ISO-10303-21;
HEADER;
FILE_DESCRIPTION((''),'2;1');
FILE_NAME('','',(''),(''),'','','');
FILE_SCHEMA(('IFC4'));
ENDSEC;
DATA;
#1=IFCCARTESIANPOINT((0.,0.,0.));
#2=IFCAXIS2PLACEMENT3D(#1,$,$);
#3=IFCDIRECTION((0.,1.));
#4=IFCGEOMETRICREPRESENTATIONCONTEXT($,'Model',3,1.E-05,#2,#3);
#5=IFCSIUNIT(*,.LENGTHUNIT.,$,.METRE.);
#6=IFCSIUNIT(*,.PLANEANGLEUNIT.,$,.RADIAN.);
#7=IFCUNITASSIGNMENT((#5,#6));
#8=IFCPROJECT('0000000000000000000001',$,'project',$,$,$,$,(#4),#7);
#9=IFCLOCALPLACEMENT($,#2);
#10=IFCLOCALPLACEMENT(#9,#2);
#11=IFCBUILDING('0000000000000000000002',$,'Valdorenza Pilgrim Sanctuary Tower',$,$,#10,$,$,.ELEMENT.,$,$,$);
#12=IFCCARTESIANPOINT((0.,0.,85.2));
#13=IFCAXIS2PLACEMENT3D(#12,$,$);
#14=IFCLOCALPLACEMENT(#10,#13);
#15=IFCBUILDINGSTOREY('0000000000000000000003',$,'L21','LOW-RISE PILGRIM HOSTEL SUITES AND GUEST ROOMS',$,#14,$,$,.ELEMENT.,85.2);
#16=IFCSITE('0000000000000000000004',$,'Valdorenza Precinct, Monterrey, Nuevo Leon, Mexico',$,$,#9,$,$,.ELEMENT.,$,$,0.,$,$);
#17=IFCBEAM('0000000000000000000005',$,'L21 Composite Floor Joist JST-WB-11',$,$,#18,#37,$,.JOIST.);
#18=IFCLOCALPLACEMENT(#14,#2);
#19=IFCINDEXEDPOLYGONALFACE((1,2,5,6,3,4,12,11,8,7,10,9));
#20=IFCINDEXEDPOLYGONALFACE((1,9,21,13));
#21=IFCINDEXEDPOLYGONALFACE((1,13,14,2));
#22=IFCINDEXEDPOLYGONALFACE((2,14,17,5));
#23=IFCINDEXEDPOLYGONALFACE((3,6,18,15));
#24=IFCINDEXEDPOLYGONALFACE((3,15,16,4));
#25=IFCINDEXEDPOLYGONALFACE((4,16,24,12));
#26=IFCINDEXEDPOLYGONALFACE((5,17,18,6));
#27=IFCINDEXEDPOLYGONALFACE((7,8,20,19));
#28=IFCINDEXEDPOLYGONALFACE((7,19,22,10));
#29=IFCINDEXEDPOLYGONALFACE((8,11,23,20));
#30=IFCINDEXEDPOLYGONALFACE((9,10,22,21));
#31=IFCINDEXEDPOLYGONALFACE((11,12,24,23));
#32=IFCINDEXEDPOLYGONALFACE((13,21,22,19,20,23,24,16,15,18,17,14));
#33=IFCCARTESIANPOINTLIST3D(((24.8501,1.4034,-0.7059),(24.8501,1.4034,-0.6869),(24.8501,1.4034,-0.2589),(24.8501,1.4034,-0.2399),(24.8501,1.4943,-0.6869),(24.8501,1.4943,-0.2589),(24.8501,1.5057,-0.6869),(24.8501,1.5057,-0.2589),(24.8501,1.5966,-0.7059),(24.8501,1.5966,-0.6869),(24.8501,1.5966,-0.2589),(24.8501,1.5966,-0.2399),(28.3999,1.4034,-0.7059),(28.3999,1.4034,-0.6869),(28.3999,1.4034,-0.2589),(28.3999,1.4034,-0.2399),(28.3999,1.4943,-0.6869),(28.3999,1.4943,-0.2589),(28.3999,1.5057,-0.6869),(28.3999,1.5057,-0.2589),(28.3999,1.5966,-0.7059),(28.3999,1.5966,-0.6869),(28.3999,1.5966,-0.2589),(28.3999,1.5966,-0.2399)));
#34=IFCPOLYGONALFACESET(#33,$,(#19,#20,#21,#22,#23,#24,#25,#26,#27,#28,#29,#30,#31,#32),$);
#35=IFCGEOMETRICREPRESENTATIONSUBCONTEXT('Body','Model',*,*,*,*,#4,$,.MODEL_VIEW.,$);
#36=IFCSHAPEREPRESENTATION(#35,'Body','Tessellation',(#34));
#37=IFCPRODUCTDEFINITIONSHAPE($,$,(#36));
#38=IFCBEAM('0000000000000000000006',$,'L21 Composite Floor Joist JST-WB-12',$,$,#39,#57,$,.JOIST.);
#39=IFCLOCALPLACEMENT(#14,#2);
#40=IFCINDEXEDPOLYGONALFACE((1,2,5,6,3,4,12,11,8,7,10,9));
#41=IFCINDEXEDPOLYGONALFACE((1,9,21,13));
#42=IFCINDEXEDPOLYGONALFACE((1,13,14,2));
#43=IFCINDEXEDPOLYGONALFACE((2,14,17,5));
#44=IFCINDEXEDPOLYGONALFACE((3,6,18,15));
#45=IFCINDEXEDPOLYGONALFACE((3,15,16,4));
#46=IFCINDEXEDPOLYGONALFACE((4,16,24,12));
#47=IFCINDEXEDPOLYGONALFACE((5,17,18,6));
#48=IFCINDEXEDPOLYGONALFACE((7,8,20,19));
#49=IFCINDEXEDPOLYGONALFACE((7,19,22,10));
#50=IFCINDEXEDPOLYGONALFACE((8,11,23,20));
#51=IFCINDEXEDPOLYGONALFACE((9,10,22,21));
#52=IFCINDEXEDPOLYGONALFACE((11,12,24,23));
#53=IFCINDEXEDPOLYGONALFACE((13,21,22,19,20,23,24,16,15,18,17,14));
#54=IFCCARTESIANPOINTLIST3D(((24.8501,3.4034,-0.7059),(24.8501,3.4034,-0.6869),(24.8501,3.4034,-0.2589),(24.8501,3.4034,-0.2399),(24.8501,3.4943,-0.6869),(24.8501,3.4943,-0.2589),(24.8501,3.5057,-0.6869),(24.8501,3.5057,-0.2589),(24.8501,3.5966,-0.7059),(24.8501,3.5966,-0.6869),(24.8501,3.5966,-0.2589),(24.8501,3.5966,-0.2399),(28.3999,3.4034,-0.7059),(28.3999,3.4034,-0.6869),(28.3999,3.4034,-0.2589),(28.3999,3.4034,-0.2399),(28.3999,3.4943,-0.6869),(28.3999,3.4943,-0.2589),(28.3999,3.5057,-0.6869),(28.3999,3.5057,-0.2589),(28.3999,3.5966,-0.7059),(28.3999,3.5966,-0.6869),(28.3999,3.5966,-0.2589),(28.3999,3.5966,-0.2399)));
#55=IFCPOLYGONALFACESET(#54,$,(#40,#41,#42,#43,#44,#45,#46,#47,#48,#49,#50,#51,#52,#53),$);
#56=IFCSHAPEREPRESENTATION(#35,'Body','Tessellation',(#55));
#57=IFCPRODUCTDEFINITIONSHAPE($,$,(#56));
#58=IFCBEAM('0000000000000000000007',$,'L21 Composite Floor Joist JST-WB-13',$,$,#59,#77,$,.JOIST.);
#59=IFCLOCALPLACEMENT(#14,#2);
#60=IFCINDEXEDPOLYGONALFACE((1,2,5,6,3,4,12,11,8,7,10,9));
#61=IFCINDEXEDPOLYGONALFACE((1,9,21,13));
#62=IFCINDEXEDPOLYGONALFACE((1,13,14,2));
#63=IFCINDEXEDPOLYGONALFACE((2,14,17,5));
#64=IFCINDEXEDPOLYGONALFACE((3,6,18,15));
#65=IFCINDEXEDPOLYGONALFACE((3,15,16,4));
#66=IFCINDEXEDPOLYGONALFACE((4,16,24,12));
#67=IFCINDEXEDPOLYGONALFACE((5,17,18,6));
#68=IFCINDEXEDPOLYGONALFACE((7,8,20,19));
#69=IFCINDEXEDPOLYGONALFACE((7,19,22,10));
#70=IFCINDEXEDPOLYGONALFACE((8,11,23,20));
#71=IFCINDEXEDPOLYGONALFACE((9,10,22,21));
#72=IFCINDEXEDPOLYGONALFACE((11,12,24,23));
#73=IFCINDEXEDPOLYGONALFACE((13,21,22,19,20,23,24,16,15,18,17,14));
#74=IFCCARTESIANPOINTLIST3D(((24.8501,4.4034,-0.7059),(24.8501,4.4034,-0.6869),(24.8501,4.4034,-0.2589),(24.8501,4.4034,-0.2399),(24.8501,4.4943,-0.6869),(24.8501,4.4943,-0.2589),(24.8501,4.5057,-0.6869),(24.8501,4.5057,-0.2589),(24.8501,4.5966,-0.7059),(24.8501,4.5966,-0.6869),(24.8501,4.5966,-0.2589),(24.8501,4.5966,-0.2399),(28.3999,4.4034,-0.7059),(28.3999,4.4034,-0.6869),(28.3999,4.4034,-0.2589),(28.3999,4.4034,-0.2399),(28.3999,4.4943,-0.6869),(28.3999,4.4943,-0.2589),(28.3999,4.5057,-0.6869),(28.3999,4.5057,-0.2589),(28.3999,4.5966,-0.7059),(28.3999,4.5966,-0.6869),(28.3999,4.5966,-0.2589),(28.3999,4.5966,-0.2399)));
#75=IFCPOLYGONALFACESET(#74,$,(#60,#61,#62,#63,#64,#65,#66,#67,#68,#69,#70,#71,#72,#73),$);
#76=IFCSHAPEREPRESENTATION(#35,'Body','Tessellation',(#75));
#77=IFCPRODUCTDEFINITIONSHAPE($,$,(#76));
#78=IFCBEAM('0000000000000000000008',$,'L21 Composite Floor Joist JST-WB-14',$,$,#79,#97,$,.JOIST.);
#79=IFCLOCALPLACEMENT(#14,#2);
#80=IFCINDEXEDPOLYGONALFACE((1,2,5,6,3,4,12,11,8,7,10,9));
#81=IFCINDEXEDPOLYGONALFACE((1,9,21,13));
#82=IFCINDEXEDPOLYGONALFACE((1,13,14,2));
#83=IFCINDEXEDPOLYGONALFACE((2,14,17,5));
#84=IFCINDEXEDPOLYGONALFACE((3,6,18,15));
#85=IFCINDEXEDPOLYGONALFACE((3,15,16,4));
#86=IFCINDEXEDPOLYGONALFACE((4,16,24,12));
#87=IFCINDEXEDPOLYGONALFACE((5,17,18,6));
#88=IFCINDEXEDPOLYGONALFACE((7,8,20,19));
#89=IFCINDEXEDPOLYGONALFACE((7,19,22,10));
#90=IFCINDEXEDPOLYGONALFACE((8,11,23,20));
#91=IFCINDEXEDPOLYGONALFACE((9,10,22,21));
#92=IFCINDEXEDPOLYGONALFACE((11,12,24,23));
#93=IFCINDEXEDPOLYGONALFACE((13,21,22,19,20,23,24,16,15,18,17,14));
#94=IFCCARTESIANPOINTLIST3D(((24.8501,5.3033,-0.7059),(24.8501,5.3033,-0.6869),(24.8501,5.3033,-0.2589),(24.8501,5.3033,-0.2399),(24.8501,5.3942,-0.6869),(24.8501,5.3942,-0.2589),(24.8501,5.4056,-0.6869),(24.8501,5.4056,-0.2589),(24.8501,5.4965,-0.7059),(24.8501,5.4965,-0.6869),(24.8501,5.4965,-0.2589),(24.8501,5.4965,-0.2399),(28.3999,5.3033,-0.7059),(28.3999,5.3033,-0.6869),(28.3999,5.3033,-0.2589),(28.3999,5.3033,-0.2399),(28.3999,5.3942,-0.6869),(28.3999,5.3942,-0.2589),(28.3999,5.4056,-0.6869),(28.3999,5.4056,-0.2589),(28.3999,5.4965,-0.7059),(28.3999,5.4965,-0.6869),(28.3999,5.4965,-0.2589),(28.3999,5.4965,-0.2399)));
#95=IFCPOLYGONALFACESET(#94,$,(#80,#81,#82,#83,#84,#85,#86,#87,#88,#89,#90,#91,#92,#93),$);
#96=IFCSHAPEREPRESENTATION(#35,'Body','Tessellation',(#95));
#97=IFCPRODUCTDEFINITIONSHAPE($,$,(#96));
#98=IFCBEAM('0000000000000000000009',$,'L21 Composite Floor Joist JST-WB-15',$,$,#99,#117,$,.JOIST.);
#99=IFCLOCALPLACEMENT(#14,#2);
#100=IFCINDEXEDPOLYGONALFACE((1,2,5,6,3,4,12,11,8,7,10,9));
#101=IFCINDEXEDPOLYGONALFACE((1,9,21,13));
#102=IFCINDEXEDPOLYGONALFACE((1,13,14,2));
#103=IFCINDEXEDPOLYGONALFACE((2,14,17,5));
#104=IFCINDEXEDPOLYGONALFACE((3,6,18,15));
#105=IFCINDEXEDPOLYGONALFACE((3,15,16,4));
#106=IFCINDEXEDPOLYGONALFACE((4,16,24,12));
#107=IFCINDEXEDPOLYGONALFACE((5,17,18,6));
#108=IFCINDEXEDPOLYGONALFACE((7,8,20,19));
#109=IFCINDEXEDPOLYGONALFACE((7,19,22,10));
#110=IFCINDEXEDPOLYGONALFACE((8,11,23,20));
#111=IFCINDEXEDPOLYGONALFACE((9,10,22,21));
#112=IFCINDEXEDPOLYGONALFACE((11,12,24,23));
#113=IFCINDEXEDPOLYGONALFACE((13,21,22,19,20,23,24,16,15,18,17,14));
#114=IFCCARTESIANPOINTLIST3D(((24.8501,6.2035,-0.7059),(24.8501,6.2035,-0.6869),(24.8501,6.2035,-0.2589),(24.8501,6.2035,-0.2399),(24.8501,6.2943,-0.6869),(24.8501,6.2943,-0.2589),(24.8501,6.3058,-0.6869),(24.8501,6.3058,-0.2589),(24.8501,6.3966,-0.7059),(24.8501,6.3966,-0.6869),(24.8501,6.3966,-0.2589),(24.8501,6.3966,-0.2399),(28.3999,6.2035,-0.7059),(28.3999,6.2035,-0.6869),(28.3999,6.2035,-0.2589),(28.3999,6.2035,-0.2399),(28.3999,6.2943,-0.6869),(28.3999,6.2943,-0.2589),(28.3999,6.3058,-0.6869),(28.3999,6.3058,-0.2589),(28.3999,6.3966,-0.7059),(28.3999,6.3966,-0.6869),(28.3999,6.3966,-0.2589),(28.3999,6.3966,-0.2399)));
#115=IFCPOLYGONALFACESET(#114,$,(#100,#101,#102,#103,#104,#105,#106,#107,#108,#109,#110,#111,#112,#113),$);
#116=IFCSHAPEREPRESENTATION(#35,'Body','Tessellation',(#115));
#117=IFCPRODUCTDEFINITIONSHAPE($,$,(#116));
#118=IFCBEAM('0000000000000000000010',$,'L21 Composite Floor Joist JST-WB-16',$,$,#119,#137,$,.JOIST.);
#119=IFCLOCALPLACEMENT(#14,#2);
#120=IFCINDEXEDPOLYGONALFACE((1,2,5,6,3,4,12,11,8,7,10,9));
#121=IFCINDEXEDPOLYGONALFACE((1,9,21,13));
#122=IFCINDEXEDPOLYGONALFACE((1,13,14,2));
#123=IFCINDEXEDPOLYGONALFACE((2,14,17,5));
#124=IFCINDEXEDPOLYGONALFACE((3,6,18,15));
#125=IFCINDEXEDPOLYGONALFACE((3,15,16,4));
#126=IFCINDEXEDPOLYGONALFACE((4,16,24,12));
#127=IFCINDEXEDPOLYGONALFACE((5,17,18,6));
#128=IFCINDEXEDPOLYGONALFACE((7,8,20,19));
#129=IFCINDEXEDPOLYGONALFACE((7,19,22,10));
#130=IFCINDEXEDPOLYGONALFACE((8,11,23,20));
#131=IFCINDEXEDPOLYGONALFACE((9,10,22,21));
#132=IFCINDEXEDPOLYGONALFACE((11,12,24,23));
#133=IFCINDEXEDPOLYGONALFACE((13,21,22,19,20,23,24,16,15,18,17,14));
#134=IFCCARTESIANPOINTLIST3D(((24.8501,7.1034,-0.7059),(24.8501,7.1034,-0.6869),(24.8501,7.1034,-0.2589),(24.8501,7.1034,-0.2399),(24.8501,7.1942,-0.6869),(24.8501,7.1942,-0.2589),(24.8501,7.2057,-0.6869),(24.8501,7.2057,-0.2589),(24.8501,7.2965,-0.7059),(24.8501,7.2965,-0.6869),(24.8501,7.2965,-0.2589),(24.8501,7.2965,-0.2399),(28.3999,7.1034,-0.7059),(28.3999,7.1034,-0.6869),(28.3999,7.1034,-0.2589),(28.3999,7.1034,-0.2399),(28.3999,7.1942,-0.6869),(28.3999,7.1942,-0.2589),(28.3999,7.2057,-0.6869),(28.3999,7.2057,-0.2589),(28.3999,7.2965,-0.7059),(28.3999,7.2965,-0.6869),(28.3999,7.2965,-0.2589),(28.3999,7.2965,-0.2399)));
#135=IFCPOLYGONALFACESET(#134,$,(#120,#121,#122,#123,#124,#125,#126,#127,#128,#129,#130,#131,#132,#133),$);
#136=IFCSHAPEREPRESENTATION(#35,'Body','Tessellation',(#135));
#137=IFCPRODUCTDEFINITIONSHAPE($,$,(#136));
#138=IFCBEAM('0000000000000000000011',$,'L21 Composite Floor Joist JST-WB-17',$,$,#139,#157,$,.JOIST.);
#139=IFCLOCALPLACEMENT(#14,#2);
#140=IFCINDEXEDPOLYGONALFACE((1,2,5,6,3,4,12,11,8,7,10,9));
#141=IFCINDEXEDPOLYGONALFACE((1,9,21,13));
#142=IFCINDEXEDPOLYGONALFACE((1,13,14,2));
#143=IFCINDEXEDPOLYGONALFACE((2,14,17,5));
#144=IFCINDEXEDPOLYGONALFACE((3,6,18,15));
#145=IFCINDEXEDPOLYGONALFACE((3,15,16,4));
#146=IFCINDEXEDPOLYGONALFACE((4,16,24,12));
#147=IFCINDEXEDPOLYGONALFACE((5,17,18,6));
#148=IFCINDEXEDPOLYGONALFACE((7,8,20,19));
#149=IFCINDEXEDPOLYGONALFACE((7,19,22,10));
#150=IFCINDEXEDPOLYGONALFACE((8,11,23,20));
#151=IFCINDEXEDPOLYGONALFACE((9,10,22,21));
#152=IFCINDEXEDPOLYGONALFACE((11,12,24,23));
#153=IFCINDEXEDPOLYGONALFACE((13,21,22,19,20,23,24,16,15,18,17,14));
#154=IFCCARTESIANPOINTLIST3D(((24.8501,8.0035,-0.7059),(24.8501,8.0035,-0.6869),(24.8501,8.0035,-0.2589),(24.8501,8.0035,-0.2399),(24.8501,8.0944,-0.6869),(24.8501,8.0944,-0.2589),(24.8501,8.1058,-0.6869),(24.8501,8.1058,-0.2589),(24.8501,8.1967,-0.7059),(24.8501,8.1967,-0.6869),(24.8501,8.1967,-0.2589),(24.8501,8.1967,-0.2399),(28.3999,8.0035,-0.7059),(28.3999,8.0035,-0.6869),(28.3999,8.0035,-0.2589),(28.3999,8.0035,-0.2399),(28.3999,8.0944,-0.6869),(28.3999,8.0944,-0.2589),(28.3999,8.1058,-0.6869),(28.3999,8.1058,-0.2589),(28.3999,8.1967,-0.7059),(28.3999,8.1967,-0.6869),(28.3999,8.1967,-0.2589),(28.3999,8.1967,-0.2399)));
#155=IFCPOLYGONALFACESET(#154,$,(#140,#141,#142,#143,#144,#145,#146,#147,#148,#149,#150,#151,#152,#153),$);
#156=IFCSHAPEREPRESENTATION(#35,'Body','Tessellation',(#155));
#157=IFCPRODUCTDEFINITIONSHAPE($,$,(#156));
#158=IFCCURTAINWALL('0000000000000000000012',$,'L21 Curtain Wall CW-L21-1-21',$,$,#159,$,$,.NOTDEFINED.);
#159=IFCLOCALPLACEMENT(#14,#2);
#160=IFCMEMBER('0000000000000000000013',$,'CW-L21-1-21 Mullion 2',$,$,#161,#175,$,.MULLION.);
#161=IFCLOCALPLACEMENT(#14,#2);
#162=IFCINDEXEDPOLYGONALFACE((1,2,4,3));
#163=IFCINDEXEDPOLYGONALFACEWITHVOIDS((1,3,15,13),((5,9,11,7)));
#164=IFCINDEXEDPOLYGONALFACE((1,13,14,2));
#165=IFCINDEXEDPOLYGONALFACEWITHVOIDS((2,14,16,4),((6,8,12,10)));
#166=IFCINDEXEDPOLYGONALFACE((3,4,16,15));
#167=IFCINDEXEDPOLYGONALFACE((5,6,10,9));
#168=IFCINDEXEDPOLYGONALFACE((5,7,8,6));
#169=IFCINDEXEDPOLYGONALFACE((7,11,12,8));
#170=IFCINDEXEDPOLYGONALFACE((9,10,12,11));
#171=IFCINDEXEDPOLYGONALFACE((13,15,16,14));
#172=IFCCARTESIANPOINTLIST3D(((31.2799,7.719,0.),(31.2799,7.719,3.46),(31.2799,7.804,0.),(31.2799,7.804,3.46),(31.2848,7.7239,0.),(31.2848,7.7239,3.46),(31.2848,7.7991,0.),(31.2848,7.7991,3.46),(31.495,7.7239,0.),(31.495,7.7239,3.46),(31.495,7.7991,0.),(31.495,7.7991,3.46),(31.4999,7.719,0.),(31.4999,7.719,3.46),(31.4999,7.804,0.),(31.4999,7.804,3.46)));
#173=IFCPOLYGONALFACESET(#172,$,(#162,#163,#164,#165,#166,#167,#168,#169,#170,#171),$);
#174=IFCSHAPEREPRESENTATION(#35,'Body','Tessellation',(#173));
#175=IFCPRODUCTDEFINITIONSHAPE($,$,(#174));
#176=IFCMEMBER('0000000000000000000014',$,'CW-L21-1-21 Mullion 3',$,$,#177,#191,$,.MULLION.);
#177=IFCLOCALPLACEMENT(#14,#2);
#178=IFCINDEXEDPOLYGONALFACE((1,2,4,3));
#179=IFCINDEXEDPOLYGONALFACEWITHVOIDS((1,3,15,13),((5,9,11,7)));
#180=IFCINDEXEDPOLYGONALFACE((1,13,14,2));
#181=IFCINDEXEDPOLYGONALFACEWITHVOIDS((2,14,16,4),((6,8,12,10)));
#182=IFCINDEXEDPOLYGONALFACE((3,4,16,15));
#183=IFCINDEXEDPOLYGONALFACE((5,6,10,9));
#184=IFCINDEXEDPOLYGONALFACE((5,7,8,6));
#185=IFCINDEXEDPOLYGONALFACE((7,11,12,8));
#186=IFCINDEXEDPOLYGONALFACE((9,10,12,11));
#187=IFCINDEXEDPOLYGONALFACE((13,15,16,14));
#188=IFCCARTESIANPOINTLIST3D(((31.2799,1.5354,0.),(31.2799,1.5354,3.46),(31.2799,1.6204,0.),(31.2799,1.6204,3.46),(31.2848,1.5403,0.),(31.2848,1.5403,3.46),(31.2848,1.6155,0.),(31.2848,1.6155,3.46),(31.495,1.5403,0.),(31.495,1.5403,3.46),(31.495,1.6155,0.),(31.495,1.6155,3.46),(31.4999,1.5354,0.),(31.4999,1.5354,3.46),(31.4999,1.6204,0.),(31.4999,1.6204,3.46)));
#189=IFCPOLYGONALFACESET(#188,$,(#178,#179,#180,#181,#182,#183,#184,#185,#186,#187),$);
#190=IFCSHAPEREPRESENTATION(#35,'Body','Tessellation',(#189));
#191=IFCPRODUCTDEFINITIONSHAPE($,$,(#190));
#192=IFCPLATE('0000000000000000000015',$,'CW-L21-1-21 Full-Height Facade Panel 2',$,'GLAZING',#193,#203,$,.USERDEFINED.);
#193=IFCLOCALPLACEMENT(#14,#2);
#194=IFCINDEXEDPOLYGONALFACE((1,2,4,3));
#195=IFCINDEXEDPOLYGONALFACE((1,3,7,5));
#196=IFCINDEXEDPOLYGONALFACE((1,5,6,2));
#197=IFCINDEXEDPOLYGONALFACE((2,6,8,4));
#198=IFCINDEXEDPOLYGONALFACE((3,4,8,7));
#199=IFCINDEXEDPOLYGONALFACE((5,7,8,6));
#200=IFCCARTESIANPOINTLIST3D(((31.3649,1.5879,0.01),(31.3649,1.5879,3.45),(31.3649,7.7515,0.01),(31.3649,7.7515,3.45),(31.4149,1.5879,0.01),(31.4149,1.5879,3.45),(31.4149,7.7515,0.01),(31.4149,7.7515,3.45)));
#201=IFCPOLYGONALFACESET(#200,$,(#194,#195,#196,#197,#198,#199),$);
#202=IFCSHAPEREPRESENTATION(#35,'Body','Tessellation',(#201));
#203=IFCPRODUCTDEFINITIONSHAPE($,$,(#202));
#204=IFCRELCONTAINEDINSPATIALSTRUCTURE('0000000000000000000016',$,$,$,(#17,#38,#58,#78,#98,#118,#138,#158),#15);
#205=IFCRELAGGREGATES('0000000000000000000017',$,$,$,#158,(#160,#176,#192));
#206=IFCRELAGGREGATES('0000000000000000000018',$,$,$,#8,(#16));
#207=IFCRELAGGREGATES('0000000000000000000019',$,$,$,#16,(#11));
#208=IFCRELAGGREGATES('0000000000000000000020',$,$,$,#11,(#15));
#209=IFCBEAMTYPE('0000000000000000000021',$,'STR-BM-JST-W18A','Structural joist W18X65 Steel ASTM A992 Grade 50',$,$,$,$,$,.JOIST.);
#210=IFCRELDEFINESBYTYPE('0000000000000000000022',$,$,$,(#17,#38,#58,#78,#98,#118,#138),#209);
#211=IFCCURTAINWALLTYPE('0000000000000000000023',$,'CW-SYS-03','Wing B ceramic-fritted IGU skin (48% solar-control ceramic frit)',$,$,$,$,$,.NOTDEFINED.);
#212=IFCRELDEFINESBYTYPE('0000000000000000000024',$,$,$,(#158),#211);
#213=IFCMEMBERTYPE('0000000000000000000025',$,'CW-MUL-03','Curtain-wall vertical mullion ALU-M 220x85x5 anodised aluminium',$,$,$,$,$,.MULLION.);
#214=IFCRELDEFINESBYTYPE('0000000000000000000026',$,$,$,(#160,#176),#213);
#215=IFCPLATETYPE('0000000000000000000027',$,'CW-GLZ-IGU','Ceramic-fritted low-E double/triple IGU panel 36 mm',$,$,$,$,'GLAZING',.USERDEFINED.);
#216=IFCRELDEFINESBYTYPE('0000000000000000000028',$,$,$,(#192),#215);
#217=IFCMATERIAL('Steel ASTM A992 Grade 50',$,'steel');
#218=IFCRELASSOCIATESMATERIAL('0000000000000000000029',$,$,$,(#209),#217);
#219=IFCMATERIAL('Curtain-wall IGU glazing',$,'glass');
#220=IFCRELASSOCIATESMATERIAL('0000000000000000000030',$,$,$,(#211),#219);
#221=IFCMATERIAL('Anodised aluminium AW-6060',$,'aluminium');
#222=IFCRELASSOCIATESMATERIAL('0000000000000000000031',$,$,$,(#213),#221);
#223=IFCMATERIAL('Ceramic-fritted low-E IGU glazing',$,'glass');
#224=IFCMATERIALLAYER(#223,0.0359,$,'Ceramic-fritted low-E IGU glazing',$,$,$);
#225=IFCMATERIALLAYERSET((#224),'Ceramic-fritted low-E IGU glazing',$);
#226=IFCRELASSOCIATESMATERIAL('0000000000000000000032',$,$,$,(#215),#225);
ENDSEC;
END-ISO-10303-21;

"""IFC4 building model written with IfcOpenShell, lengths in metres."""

from ifc_helpers import new_model, si_unit, direction, frame, origin, origin_2d, place, context, subcontext, project, spatial, rectangle, hollow_rectangle, i_section, extrude, source, transform, mapped, material, layer, layer_set, material_profile, profile_set, type_object, element, aggregate, save


model = new_model("IFC4")

# Units and contexts
model_context = context("Model", 3, precision=1e-05, world=origin(), true_north=direction((0.0, 1.0)))
body_context = subcontext(model_context, "Body", "Model", "MODEL_VIEW")
ifc_project = project(units=[si_unit("LENGTHUNIT", "METRE"), si_unit("PLANEANGLEUNIT", "RADIAN")], contexts=[model_context])

# Site, building, storey
site_placement = place(None, origin())
site = spatial("IfcSite", under=ifc_project, at=site_placement, Name="Valdorenza Precinct, Monterrey, Nuevo Leon, Mexico", CompositionType="ELEMENT", RefElevation=0.0)
building_placement = place(site_placement, origin())
building = spatial("IfcBuilding", under=site, at=building_placement, Name="Valdorenza Pilgrim Sanctuary Tower", CompositionType="ELEMENT")
storey_placement = place(building_placement, frame((0.0, 0.0, 85.2)))
storey = spatial("IfcBuildingStorey", under=building, at=storey_placement, Name="L21", Description="LOW-RISE PILGRIM HOSTEL SUITES AND GUEST ROOMS", CompositionType="ELEMENT", Elevation=85.2)

# Beams
ifc_material_1 = material(Name="Steel ASTM A992 Grade 50", Category="steel")
ifc_material_profile_1 = material_profile(ifc_material_1, i_section(OverallWidth=0.1931, OverallDepth=0.4661, WebThickness=0.0115, FlangeThickness=0.019, at=origin_2d()), Name="W18X65")
ifc_profile_set_1 = profile_set([ifc_material_profile_1], Name="Steel ASTM A992 Grade 50")
beam_type = type_object("IfcBeamType", Name="STR-BM-JST-W18A", Description="Structural joist W18X65 Steel ASTM A992 Grade 50", PredefinedType="JOIST", material=ifc_profile_set_1)
shared_shape_1 = source(origin(), body_context, "Body", "SweptSolid", [
    extrude(i_section(OverallWidth=0.1931, OverallDepth=0.4661, WebThickness=0.0115, FlangeThickness=0.019, at=origin_2d()), origin(), (0.0, 0.0, 1.0), 3.5498),
])
for number, where, z_axis, x_axis, name in (
    (1, (24.8501, 1.5, -0.4729), (1.0, 0.0, 0.0), (0.0, 1.0, 0.0), "L21 Composite Floor Joist JST-WB-11"),
    (2, (24.8501, 3.5, -0.4729), (1.0, 0.0, 0.0), (0.0, 1.0, 0.0), "L21 Composite Floor Joist JST-WB-12"),
    (3, (24.8501, 4.5, -0.4729), (1.0, 0.0, 0.0), (0.0, 1.0, 0.0), "L21 Composite Floor Joist JST-WB-13"),
    (4, (24.8501, 5.3999, -0.4729), (1.0, 0.0, 0.0), (0.0, 1.0, 0.0), "L21 Composite Floor Joist JST-WB-14"),
    (5, (24.8501, 6.3, -0.4729), (1.0, 0.0, 0.0), (0.0, 1.0, 0.0), "L21 Composite Floor Joist JST-WB-15"),
    (6, (24.8501, 7.2, -0.4729), (1.0, 0.0, 0.0), (0.0, 1.0, 0.0), "L21 Composite Floor Joist JST-WB-16"),
    (7, (24.8501, 8.1001, -0.4729), (1.0, 0.0, 0.0), (0.0, 1.0, 0.0), "L21 Composite Floor Joist JST-WB-17"),
):
    element("IfcBeam", number, at=place(storey_placement, frame(where, z_axis=z_axis, x_axis=x_axis)), inside=storey, type_object=beam_type, Name=name, PredefinedType="JOIST", context=body_context, shape_type="MappedRepresentation", body=[
        mapped(shared_shape_1, transform((0.0, 0.0, 0.0), x_axis=(1.0, 0.0, 0.0), y_axis=(0.0, 1.0, 0.0), z_axis=(0.0, 0.0, 1.0), scale=1.0)),
    ])

# Curtain wall, members, plate
ifc_material_2 = material(Name="Curtain-wall IGU glazing", Category="glass")
curtain_wall_type = type_object("IfcCurtainWallType", Name="CW-SYS-03", Description="Wing B ceramic-fritted IGU skin (48% solar-control ceramic frit)", PredefinedType="NOTDEFINED", material=ifc_material_2)
curtain_wall_placement = place(storey_placement, origin())
curtain_wall = element("IfcCurtainWall", 8, at=curtain_wall_placement, inside=storey, type_object=curtain_wall_type, Name="L21 Curtain Wall CW-L21-1-21", PredefinedType="NOTDEFINED")
ifc_material_3 = material(Name="Anodised aluminium AW-6060", Category="aluminium")
ifc_material_profile_2 = material_profile(ifc_material_3, hollow_rectangle(XDim=0.085, YDim=0.22, WallThickness=0.0049, at=origin_2d()), Name="ALU-M 220x85x5")
ifc_profile_set_2 = profile_set([ifc_material_profile_2], Name="Anodised aluminium AW-6060")
member_type = type_object("IfcMemberType", Name="CW-MUL-03", Description="Curtain-wall vertical mullion ALU-M 220x85x5 anodised aluminium", PredefinedType="MULLION", material=ifc_profile_set_2)
shared_shape_2 = source(origin(), body_context, "Body", "SweptSolid", [
    extrude(hollow_rectangle(XDim=0.085, YDim=0.22, WallThickness=0.0049, at=origin_2d()), origin(), (0.0, 0.0, 1.0), 3.46),
])
member_1_placement = place(storey_placement, frame((31.3899, 7.7615, 0.0), z_axis=(0.0, 0.0, 1.0), x_axis=(0.0, -1.0, 0.0)))
member_1 = element("IfcMember", 9, at=member_1_placement, type_object=member_type, Name="CW-L21-1-21 Mullion 2", PredefinedType="MULLION", context=body_context, shape_type="MappedRepresentation", body=[
    mapped(shared_shape_2, transform((0.0, 0.0, 0.0), x_axis=(1.0, 0.0, 0.0), y_axis=(0.0, 1.0, 0.0), z_axis=(0.0, 0.0, 1.0), scale=1.0)),
])
member_2_placement = place(storey_placement, frame((31.3899, 1.5779, 0.0), z_axis=(0.0, 0.0, 1.0), x_axis=(0.0, -1.0, 0.0)))
member_2 = element("IfcMember", 10, at=member_2_placement, type_object=member_type, Name="CW-L21-1-21 Mullion 3", PredefinedType="MULLION", context=body_context, shape_type="MappedRepresentation", body=[
    mapped(shared_shape_2, transform((0.0, 0.0, 0.0), x_axis=(1.0, 0.0, 0.0), y_axis=(0.0, 1.0, 0.0), z_axis=(0.0, 0.0, 1.0), scale=1.0)),
])
ifc_material_4 = material(Name="Ceramic-fritted low-E IGU glazing", Category="glass")
ifc_layer_1 = layer(ifc_material_4, 0.0359, Name="Ceramic-fritted low-E IGU glazing")
ifc_layer_set_1 = layer_set([ifc_layer_1], Name="Ceramic-fritted low-E IGU glazing")
plate_type = type_object("IfcPlateType", Name="CW-GLZ-IGU", Description="Ceramic-fritted low-E double/triple IGU panel 36 mm", ElementType="GLAZING", PredefinedType="USERDEFINED", material=ifc_layer_set_1)
shared_shape_3 = source(origin(), body_context, "Body", "SweptSolid", [
    extrude(rectangle(XDim=6.1636, YDim=0.05, at=origin_2d()), origin(), (0.0, 0.0, 1.0), 3.4399),
])
plate_placement = place(storey_placement, frame((31.3899, 4.6697, 0.01), z_axis=(0.0, 0.0, 1.0), x_axis=(0.0, -1.0, 0.0)))
plate = element("IfcPlate", 11, at=plate_placement, type_object=plate_type, Name="CW-L21-1-21 Full-Height Facade Panel 2", ObjectType="GLAZING", PredefinedType="USERDEFINED", context=body_context, shape_type="MappedRepresentation", body=[
    mapped(shared_shape_3, transform((0.0, 0.0, 0.0), x_axis=(1.0, 0.0, 0.0), y_axis=(0.0, 1.0, 0.0), z_axis=(0.0, 0.0, 1.0), scale=1.0)),
])
aggregate(curtain_wall, [member_1, member_2, plate])

save(model, "model.ifc")
